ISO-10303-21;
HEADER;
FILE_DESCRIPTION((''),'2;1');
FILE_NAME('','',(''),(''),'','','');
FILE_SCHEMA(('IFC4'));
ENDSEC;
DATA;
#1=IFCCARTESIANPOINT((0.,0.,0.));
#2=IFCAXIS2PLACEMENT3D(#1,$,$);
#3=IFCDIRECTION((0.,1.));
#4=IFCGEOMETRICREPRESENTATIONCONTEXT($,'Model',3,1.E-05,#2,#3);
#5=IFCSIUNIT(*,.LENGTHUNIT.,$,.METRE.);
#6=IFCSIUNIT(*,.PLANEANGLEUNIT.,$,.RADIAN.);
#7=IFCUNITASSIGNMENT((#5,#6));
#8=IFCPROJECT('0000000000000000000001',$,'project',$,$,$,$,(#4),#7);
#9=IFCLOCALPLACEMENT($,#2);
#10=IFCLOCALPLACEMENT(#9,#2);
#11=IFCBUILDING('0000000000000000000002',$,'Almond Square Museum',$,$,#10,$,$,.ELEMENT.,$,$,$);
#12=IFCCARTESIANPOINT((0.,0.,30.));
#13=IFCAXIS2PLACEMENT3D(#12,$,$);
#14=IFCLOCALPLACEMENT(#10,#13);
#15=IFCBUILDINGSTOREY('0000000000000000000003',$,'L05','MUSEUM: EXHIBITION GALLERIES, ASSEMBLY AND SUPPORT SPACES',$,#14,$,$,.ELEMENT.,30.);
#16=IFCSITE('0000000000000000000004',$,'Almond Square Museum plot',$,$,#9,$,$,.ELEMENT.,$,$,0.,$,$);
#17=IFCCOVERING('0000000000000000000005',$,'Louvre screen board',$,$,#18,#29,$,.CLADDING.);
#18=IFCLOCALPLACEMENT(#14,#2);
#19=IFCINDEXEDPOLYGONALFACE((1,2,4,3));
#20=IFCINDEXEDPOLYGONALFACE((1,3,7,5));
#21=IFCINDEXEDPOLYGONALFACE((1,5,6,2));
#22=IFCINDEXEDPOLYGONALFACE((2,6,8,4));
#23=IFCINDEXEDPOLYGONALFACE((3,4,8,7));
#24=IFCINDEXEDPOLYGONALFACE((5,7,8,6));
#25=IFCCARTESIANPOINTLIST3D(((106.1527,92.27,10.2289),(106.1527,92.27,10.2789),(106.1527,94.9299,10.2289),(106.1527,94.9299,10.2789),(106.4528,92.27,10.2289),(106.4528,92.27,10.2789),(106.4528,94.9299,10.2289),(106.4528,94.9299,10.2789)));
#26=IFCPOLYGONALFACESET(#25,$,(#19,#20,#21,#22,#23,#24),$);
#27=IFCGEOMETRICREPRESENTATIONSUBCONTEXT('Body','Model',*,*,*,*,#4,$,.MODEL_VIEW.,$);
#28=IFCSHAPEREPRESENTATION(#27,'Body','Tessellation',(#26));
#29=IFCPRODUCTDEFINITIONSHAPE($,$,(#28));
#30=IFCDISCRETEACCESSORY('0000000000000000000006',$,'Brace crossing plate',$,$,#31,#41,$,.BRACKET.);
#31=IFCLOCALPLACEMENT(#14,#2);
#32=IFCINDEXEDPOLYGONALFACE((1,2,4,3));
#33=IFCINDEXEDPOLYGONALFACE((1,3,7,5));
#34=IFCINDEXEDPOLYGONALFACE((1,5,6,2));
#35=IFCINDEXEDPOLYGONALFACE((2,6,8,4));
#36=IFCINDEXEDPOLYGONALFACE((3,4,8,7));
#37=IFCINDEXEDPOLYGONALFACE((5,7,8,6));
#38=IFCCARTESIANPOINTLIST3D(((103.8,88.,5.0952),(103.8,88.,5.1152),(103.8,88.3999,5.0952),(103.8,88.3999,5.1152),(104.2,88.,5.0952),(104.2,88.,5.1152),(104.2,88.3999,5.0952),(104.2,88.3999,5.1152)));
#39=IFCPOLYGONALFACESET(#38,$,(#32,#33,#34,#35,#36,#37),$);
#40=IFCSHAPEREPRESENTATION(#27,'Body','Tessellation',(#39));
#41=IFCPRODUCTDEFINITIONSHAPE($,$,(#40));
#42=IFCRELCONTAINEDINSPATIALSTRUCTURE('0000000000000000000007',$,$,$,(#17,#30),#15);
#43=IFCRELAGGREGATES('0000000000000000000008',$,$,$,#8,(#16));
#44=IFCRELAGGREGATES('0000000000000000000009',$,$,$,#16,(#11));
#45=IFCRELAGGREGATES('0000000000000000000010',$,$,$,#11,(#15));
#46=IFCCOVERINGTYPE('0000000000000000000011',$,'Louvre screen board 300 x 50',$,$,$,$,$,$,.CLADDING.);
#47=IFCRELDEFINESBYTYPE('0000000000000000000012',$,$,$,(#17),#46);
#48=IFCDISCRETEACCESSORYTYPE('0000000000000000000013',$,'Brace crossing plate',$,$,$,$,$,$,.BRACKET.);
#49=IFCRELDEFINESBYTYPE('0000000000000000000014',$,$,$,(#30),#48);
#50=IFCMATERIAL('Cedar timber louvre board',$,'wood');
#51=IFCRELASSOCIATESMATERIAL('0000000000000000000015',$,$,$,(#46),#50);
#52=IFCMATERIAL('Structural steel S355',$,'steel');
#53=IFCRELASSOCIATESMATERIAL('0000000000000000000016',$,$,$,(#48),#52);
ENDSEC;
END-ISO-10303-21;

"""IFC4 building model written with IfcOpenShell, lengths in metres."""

from ifc_helpers import new_model, si_unit, direction, frame, origin, origin_2d, place, context, subcontext, project, spatial, rectangle, extrude, material, material_profile, profile_set, type_object, element, save


model = new_model("IFC4")

# Units and contexts
model_context = context("Model", 3, precision=1e-05, world=origin(), true_north=direction((0.0, 1.0)))
body_context = subcontext(model_context, "Body", "Model", "MODEL_VIEW")
ifc_project = project(units=[si_unit("LENGTHUNIT", "METRE"), si_unit("PLANEANGLEUNIT", "RADIAN")], contexts=[model_context])

# Site, building, storey
site_placement = place(None, origin())
site = spatial("IfcSite", under=ifc_project, at=site_placement, Name="Almond Square Museum plot", CompositionType="ELEMENT", RefElevation=0.0)
building_placement = place(site_placement, origin())
building = spatial("IfcBuilding", under=site, at=building_placement, Name="Almond Square Museum", CompositionType="ELEMENT")
storey_placement = place(building_placement, frame((0.0, 0.0, 30.0)))
storey = spatial("IfcBuildingStorey", under=building, at=storey_placement, Name="L05", Description="MUSEUM: EXHIBITION GALLERIES, ASSEMBLY AND SUPPORT SPACES", CompositionType="ELEMENT", Elevation=30.0)

# Covering
ifc_material_1 = material(Name="Cedar timber louvre board", Category="wood")
ifc_material_profile_1 = material_profile(ifc_material_1, rectangle(XDim=0.3, YDim=0.05, at=origin_2d()))
ifc_profile_set_1 = profile_set([ifc_material_profile_1], Name="Cedar timber louvre board")
covering_type_1 = type_object("IfcCoveringType", Name="Louvre screen board 300 x 50", PredefinedType="CLADDING", material=ifc_profile_set_1)
for number, where, z_axis, x_axis, name in (
    (1, (106.3027, 92.27, 10.2539), (0.0, 1.0, 0.0), (-1.0, 0.0, 0.0), "Louvre screen board"),
):
    element("IfcCovering", number, at=place(storey_placement, frame(where, z_axis=z_axis, x_axis=x_axis)), inside=storey, type_object=covering_type_1, Name=name, PredefinedType="CLADDING", context=body_context, shape_type="SweptSolid", body=[
        extrude(rectangle(XDim=0.3, YDim=0.05, at=origin_2d()), origin(), (0.0, 0.0, 1.0), 2.6599),
    ])

# Discrete accessory
ifc_material_2 = material(Name="Structural steel S355", Category="steel")
discrete_accessory_type = type_object("IfcDiscreteAccessoryType", Name="Brace crossing plate", PredefinedType="BRACKET", material=ifc_material_2)
discrete_accessory_placement = place(storey_placement, frame((104.0, 88.2, 5.0952), z_axis=(0.0, 0.0, 1.0), x_axis=(1.0, 0.0, 0.0)))
element("IfcDiscreteAccessory", 2, at=discrete_accessory_placement, inside=storey, type_object=discrete_accessory_type, Name="Brace crossing plate", PredefinedType="BRACKET", context=body_context, shape_type="SweptSolid", body=[
    extrude(rectangle(XDim=0.3999, YDim=0.3999, at=origin_2d()), origin(), (0.0, 0.0, 1.0), 0.02),
])

save(model, "model.ifc")
